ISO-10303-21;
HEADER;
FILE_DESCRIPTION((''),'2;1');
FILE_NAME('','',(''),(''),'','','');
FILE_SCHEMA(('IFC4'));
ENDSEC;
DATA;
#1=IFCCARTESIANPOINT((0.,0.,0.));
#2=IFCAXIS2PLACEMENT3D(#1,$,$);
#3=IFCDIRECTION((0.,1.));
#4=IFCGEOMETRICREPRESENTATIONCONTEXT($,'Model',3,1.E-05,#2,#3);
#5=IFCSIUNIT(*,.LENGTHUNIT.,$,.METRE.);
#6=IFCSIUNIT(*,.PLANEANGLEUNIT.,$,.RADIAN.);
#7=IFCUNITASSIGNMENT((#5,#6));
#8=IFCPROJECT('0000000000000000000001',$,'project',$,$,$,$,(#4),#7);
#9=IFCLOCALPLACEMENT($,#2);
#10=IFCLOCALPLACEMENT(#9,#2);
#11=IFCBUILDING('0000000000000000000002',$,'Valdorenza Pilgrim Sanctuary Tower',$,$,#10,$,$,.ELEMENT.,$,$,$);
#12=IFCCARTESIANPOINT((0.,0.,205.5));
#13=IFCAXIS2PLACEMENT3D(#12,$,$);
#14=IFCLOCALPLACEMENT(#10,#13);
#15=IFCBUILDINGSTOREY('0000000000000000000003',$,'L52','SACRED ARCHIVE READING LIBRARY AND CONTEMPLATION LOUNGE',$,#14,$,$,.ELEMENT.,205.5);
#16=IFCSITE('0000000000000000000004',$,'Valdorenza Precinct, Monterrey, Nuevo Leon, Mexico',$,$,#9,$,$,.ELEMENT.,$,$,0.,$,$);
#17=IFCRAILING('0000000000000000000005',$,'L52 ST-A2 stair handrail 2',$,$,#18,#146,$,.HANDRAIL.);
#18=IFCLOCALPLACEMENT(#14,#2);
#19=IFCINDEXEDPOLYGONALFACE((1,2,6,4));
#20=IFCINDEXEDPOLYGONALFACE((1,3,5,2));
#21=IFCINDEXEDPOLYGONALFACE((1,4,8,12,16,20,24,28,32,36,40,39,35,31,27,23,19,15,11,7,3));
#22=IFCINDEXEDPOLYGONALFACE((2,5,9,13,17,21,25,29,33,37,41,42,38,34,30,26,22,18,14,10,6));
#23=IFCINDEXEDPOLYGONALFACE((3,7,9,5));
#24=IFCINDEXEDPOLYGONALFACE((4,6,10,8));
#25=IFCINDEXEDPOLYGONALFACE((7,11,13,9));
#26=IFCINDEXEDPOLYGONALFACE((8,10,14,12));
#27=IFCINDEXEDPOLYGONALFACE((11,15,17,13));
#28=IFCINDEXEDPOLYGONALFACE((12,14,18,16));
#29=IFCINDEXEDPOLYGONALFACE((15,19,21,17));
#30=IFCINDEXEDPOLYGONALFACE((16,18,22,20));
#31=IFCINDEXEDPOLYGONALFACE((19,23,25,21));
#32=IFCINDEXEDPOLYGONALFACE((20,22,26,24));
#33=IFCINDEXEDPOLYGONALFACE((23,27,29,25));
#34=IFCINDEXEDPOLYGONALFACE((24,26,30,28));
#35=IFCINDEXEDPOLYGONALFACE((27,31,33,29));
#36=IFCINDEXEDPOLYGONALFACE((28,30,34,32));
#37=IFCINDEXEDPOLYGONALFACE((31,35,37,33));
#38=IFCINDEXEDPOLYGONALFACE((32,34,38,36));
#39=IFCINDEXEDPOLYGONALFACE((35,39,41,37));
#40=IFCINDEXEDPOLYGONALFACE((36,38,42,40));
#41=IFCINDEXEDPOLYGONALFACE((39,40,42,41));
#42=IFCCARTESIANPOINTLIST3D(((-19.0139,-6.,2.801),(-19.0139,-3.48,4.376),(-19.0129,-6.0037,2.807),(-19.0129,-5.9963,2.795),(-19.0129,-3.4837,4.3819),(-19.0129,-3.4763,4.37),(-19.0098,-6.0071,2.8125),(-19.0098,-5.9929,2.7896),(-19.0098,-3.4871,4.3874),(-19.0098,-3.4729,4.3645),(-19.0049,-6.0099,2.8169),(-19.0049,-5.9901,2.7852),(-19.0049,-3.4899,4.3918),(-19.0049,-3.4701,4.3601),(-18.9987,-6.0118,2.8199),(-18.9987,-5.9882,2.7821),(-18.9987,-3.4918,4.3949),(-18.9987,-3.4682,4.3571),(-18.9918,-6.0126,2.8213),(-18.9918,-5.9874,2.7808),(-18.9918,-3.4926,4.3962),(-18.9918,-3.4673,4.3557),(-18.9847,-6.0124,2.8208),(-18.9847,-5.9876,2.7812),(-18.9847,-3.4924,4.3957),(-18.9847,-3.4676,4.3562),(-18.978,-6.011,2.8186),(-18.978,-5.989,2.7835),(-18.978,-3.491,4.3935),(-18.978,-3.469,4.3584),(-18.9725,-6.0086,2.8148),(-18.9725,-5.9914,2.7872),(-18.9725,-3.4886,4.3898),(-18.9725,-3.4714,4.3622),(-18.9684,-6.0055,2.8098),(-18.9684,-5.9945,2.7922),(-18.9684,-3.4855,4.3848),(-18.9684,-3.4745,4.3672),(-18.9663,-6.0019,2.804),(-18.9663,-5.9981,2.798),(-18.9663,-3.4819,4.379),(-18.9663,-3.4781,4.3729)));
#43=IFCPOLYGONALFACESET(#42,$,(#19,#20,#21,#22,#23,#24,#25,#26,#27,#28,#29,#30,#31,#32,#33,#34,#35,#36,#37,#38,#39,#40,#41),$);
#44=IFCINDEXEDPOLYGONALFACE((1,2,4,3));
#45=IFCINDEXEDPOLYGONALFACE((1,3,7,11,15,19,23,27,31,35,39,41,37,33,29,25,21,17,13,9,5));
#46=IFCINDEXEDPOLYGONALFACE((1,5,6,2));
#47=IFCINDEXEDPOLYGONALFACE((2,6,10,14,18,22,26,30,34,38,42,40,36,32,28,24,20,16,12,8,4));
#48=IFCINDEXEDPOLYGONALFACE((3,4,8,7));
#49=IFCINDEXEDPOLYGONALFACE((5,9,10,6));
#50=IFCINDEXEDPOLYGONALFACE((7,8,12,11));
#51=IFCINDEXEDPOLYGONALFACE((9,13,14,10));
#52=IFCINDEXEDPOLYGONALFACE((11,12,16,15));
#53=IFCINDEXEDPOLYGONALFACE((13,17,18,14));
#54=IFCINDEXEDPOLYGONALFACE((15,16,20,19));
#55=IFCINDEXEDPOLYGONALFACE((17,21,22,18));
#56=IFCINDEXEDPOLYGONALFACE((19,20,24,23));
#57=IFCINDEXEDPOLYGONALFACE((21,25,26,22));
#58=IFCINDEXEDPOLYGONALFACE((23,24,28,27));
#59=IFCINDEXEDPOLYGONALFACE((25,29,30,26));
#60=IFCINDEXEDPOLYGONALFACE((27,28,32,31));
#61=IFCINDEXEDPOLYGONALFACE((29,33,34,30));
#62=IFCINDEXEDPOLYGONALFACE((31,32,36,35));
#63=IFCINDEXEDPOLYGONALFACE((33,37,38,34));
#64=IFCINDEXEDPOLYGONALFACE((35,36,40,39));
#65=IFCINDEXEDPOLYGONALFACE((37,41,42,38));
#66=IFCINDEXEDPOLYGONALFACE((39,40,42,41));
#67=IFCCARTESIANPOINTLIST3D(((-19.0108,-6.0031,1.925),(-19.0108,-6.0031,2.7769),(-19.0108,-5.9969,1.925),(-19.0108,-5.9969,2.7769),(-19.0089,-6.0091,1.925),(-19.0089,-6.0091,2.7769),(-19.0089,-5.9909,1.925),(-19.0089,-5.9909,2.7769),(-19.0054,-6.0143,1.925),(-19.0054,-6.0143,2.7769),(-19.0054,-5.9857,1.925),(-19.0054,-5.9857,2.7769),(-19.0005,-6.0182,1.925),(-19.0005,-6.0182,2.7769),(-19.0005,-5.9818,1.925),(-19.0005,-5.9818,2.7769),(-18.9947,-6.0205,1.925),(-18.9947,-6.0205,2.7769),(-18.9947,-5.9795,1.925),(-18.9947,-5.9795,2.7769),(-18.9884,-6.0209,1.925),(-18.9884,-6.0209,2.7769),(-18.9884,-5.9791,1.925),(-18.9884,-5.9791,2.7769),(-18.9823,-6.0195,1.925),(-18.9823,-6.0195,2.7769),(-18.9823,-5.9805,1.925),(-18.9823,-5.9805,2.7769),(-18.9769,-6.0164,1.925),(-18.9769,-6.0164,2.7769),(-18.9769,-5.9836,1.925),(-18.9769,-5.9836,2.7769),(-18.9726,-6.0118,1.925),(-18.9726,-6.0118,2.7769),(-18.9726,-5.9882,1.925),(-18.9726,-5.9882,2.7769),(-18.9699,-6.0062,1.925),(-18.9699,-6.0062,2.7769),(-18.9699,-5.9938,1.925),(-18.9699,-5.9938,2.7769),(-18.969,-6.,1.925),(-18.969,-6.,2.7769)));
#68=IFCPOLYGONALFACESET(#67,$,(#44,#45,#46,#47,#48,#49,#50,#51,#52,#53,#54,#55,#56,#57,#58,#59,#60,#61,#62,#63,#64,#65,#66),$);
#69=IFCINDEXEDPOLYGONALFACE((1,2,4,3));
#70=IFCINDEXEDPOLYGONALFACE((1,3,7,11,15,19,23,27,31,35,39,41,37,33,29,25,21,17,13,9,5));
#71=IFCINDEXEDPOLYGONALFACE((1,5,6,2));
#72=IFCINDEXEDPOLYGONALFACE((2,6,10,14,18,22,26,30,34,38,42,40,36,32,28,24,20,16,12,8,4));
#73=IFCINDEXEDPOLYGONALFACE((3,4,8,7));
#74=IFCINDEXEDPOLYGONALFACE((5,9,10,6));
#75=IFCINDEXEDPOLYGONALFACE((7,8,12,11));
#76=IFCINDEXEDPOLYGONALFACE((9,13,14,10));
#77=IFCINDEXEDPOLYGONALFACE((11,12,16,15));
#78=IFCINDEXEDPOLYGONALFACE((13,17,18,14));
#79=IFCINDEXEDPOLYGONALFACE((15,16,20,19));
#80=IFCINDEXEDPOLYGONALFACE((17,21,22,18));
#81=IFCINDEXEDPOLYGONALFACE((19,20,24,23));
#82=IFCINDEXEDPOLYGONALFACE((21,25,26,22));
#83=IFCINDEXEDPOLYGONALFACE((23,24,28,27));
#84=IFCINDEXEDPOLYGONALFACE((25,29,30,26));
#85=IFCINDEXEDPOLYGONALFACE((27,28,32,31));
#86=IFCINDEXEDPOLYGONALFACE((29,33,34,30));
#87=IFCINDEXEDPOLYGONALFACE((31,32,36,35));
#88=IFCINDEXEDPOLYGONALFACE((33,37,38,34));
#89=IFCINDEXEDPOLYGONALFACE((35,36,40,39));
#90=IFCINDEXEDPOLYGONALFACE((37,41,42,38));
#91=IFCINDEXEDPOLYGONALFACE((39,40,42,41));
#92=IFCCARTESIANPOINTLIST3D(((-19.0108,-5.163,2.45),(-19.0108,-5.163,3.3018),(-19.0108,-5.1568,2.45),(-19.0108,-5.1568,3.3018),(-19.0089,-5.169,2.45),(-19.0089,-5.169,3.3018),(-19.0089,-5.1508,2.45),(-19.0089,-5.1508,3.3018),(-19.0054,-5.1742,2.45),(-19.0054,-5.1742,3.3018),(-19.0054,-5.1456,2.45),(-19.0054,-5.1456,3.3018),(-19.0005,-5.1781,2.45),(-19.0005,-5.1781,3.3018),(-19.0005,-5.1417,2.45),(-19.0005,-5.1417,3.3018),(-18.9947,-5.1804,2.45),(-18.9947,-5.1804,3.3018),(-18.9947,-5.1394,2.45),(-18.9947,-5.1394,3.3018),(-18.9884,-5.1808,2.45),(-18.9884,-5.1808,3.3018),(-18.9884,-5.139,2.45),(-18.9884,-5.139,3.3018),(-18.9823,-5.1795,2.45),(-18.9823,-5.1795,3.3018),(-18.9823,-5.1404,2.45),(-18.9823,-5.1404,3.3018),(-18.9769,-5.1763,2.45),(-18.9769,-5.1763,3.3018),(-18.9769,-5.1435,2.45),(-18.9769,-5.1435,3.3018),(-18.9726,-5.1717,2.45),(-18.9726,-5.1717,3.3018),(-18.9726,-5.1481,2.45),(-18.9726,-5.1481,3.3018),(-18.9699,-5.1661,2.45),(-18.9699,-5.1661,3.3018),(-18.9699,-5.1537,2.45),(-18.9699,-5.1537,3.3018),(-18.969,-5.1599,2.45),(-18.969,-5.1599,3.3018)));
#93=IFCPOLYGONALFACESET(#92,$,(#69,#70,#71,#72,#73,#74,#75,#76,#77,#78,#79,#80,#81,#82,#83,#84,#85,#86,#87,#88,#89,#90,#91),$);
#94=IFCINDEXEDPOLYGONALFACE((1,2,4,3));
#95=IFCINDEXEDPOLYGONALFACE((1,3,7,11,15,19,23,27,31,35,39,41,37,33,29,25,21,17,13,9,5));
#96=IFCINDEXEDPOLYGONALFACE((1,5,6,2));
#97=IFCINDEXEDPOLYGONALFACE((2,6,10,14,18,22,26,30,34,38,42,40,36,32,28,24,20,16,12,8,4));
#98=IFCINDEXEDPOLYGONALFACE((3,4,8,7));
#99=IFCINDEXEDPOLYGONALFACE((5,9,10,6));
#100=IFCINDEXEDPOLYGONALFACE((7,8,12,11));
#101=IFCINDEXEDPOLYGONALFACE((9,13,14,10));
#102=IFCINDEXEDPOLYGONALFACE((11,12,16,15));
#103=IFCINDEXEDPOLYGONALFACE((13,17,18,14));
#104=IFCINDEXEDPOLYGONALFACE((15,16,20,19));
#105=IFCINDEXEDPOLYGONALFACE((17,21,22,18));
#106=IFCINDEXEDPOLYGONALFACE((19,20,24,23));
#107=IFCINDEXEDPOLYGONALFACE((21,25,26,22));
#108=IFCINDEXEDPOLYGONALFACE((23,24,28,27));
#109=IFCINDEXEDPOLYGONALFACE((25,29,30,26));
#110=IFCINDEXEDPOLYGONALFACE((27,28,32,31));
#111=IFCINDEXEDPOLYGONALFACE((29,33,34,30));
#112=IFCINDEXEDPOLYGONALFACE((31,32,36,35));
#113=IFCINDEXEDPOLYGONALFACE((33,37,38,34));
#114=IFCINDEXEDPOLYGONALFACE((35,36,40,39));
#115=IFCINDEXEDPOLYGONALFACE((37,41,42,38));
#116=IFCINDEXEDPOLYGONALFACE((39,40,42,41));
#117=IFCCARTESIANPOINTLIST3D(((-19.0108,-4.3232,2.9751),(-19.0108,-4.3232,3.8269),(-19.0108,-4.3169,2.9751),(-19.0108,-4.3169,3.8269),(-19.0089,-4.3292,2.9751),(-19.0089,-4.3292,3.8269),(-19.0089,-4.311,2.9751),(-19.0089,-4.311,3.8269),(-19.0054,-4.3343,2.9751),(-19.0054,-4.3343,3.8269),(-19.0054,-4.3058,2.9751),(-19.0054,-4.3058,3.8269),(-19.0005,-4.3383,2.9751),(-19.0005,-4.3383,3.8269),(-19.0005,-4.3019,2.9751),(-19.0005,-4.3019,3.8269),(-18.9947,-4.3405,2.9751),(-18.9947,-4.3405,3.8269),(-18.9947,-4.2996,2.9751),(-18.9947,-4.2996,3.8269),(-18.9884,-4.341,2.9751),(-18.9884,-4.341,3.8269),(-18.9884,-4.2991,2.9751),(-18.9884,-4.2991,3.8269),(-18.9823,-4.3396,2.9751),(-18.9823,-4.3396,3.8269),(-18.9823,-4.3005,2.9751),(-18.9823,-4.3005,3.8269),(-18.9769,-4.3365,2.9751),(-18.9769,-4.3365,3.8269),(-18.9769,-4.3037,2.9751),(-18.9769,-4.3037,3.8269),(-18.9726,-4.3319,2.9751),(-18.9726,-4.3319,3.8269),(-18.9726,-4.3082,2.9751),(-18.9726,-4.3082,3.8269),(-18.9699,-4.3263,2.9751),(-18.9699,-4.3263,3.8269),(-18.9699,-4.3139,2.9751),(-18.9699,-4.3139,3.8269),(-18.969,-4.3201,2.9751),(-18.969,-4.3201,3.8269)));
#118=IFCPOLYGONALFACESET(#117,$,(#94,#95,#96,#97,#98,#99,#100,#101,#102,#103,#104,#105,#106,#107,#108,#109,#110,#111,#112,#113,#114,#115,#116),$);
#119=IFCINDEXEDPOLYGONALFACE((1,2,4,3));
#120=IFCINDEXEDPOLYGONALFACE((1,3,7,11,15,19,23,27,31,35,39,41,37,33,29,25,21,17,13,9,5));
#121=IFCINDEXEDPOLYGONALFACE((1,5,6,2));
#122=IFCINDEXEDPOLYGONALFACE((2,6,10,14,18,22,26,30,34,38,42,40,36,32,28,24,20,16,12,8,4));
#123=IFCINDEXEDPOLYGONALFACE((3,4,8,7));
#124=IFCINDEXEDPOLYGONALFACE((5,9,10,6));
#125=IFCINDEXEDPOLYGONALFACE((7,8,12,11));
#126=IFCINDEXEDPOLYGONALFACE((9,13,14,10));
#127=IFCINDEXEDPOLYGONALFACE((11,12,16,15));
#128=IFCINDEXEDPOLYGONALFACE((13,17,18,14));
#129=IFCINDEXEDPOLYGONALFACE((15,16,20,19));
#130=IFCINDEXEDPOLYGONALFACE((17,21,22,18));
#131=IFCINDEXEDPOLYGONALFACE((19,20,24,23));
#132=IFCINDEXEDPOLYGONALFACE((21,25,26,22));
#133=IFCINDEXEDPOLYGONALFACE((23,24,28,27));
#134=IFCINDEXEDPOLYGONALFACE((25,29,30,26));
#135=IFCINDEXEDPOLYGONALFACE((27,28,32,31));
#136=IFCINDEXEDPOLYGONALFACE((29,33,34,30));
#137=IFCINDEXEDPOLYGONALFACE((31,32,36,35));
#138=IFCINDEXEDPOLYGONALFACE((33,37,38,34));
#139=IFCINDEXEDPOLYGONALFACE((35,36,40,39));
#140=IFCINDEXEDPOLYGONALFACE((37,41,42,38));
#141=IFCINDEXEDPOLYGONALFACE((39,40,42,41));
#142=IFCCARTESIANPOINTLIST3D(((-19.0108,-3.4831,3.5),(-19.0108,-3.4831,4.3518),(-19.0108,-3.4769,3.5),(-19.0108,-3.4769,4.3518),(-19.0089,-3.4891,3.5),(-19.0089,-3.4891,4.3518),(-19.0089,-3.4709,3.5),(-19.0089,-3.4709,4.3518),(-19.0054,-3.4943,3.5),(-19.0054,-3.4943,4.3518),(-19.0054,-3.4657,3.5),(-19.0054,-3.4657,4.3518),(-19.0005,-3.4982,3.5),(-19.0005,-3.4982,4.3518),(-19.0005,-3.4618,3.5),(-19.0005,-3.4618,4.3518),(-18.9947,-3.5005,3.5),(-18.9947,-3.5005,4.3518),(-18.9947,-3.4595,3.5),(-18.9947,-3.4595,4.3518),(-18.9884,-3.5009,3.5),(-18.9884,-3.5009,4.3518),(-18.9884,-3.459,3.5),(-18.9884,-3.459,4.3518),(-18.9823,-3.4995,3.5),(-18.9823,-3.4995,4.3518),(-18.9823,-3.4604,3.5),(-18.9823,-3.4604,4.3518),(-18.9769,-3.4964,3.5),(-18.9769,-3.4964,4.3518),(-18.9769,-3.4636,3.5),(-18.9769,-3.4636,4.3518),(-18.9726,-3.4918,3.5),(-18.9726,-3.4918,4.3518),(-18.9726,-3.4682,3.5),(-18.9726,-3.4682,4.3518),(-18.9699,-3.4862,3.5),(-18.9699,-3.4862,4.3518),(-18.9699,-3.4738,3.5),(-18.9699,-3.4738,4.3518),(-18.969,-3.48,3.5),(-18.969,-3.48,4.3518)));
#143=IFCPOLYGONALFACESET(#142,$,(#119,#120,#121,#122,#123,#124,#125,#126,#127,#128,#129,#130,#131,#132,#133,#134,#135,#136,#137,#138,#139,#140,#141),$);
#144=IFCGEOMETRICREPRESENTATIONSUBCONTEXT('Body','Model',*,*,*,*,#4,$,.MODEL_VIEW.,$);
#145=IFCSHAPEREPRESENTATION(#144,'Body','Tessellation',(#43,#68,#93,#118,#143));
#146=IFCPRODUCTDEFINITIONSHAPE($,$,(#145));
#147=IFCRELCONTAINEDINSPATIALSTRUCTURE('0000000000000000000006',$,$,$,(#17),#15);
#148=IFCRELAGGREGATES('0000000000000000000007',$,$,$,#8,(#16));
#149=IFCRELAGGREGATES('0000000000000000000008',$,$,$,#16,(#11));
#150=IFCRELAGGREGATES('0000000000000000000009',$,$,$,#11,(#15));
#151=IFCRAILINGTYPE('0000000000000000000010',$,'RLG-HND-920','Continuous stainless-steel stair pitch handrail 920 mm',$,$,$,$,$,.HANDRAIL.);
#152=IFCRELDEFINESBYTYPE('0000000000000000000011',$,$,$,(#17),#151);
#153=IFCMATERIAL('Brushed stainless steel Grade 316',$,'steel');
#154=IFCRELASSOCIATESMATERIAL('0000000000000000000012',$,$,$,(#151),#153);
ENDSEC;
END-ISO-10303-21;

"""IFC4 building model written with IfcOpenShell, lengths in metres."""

from ifc_helpers import new_model, si_unit, direction, frame, origin, origin_2d, place, context, subcontext, project, spatial, circle, extrude, material, type_object, element, save


model = new_model("IFC4")

# Units and contexts
model_context = context("Model", 3, precision=1e-05, world=origin(), true_north=direction((0.0, 1.0)))
body_context = subcontext(model_context, "Body", "Model", "MODEL_VIEW")
ifc_project = project(units=[si_unit("LENGTHUNIT", "METRE"), si_unit("PLANEANGLEUNIT", "RADIAN")], contexts=[model_context])

# Site, building, storey
site_placement = place(None, origin())
site = spatial("IfcSite", under=ifc_project, at=site_placement, Name="Valdorenza Precinct, Monterrey, Nuevo Leon, Mexico", CompositionType="ELEMENT", RefElevation=0.0)
building_placement = place(site_placement, origin())
building = spatial("IfcBuilding", under=site, at=building_placement, Name="Valdorenza Pilgrim Sanctuary Tower", CompositionType="ELEMENT")
storey_placement = place(building_placement, frame((0.0, 0.0, 205.5)))
storey = spatial("IfcBuildingStorey", under=building, at=storey_placement, Name="L52", Description="SACRED ARCHIVE READING LIBRARY AND CONTEMPLATION LOUNGE", CompositionType="ELEMENT", Elevation=205.5)

# Shared definitions
ifc_material_1 = material(Name="Brushed stainless steel Grade 316", Category="steel")

# Railing
railing_type_1 = type_object("IfcRailingType", Name="RLG-HND-920", Description="Continuous stainless-steel stair pitch handrail 920 mm", PredefinedType="HANDRAIL", material=ifc_material_1)
railing_1_placement = place(storey_placement, frame((-18.99, -6.0, 1.925)))
element("IfcRailing", 1, at=railing_1_placement, inside=storey, type_object=railing_type_1, Name="L52 ST-A2 stair handrail 2", PredefinedType="HANDRAIL", context=body_context, shape_type="SweptSolid", body=[
    extrude(circle(Radius=0.0239, at=origin_2d()), frame((0.0, 0.0, 0.876), z_axis=(0.0, 0.848008, 0.529984), x_axis=(-1.0, 0.0, 0.0)), (0.0, 0.0, 1.0), 2.9717),
    extrude(circle(Radius=0.021, at=origin_2d()), origin(), (0.0, 0.0, 1.0), 0.8518),
    extrude(circle(Radius=0.021, at=origin_2d()), frame((0.0, 0.8401, 0.5249)), (0.0, 0.0, 1.0), 0.8518),
    extrude(circle(Radius=0.021, at=origin_2d()), frame((0.0, 1.6799, 1.05)), (0.0, 0.0, 1.0), 0.8518),
    extrude(circle(Radius=0.021, at=origin_2d()), frame((0.0, 2.52, 1.575)), (0.0, 0.0, 1.0), 0.8518),
])

save(model, "model.ifc")
